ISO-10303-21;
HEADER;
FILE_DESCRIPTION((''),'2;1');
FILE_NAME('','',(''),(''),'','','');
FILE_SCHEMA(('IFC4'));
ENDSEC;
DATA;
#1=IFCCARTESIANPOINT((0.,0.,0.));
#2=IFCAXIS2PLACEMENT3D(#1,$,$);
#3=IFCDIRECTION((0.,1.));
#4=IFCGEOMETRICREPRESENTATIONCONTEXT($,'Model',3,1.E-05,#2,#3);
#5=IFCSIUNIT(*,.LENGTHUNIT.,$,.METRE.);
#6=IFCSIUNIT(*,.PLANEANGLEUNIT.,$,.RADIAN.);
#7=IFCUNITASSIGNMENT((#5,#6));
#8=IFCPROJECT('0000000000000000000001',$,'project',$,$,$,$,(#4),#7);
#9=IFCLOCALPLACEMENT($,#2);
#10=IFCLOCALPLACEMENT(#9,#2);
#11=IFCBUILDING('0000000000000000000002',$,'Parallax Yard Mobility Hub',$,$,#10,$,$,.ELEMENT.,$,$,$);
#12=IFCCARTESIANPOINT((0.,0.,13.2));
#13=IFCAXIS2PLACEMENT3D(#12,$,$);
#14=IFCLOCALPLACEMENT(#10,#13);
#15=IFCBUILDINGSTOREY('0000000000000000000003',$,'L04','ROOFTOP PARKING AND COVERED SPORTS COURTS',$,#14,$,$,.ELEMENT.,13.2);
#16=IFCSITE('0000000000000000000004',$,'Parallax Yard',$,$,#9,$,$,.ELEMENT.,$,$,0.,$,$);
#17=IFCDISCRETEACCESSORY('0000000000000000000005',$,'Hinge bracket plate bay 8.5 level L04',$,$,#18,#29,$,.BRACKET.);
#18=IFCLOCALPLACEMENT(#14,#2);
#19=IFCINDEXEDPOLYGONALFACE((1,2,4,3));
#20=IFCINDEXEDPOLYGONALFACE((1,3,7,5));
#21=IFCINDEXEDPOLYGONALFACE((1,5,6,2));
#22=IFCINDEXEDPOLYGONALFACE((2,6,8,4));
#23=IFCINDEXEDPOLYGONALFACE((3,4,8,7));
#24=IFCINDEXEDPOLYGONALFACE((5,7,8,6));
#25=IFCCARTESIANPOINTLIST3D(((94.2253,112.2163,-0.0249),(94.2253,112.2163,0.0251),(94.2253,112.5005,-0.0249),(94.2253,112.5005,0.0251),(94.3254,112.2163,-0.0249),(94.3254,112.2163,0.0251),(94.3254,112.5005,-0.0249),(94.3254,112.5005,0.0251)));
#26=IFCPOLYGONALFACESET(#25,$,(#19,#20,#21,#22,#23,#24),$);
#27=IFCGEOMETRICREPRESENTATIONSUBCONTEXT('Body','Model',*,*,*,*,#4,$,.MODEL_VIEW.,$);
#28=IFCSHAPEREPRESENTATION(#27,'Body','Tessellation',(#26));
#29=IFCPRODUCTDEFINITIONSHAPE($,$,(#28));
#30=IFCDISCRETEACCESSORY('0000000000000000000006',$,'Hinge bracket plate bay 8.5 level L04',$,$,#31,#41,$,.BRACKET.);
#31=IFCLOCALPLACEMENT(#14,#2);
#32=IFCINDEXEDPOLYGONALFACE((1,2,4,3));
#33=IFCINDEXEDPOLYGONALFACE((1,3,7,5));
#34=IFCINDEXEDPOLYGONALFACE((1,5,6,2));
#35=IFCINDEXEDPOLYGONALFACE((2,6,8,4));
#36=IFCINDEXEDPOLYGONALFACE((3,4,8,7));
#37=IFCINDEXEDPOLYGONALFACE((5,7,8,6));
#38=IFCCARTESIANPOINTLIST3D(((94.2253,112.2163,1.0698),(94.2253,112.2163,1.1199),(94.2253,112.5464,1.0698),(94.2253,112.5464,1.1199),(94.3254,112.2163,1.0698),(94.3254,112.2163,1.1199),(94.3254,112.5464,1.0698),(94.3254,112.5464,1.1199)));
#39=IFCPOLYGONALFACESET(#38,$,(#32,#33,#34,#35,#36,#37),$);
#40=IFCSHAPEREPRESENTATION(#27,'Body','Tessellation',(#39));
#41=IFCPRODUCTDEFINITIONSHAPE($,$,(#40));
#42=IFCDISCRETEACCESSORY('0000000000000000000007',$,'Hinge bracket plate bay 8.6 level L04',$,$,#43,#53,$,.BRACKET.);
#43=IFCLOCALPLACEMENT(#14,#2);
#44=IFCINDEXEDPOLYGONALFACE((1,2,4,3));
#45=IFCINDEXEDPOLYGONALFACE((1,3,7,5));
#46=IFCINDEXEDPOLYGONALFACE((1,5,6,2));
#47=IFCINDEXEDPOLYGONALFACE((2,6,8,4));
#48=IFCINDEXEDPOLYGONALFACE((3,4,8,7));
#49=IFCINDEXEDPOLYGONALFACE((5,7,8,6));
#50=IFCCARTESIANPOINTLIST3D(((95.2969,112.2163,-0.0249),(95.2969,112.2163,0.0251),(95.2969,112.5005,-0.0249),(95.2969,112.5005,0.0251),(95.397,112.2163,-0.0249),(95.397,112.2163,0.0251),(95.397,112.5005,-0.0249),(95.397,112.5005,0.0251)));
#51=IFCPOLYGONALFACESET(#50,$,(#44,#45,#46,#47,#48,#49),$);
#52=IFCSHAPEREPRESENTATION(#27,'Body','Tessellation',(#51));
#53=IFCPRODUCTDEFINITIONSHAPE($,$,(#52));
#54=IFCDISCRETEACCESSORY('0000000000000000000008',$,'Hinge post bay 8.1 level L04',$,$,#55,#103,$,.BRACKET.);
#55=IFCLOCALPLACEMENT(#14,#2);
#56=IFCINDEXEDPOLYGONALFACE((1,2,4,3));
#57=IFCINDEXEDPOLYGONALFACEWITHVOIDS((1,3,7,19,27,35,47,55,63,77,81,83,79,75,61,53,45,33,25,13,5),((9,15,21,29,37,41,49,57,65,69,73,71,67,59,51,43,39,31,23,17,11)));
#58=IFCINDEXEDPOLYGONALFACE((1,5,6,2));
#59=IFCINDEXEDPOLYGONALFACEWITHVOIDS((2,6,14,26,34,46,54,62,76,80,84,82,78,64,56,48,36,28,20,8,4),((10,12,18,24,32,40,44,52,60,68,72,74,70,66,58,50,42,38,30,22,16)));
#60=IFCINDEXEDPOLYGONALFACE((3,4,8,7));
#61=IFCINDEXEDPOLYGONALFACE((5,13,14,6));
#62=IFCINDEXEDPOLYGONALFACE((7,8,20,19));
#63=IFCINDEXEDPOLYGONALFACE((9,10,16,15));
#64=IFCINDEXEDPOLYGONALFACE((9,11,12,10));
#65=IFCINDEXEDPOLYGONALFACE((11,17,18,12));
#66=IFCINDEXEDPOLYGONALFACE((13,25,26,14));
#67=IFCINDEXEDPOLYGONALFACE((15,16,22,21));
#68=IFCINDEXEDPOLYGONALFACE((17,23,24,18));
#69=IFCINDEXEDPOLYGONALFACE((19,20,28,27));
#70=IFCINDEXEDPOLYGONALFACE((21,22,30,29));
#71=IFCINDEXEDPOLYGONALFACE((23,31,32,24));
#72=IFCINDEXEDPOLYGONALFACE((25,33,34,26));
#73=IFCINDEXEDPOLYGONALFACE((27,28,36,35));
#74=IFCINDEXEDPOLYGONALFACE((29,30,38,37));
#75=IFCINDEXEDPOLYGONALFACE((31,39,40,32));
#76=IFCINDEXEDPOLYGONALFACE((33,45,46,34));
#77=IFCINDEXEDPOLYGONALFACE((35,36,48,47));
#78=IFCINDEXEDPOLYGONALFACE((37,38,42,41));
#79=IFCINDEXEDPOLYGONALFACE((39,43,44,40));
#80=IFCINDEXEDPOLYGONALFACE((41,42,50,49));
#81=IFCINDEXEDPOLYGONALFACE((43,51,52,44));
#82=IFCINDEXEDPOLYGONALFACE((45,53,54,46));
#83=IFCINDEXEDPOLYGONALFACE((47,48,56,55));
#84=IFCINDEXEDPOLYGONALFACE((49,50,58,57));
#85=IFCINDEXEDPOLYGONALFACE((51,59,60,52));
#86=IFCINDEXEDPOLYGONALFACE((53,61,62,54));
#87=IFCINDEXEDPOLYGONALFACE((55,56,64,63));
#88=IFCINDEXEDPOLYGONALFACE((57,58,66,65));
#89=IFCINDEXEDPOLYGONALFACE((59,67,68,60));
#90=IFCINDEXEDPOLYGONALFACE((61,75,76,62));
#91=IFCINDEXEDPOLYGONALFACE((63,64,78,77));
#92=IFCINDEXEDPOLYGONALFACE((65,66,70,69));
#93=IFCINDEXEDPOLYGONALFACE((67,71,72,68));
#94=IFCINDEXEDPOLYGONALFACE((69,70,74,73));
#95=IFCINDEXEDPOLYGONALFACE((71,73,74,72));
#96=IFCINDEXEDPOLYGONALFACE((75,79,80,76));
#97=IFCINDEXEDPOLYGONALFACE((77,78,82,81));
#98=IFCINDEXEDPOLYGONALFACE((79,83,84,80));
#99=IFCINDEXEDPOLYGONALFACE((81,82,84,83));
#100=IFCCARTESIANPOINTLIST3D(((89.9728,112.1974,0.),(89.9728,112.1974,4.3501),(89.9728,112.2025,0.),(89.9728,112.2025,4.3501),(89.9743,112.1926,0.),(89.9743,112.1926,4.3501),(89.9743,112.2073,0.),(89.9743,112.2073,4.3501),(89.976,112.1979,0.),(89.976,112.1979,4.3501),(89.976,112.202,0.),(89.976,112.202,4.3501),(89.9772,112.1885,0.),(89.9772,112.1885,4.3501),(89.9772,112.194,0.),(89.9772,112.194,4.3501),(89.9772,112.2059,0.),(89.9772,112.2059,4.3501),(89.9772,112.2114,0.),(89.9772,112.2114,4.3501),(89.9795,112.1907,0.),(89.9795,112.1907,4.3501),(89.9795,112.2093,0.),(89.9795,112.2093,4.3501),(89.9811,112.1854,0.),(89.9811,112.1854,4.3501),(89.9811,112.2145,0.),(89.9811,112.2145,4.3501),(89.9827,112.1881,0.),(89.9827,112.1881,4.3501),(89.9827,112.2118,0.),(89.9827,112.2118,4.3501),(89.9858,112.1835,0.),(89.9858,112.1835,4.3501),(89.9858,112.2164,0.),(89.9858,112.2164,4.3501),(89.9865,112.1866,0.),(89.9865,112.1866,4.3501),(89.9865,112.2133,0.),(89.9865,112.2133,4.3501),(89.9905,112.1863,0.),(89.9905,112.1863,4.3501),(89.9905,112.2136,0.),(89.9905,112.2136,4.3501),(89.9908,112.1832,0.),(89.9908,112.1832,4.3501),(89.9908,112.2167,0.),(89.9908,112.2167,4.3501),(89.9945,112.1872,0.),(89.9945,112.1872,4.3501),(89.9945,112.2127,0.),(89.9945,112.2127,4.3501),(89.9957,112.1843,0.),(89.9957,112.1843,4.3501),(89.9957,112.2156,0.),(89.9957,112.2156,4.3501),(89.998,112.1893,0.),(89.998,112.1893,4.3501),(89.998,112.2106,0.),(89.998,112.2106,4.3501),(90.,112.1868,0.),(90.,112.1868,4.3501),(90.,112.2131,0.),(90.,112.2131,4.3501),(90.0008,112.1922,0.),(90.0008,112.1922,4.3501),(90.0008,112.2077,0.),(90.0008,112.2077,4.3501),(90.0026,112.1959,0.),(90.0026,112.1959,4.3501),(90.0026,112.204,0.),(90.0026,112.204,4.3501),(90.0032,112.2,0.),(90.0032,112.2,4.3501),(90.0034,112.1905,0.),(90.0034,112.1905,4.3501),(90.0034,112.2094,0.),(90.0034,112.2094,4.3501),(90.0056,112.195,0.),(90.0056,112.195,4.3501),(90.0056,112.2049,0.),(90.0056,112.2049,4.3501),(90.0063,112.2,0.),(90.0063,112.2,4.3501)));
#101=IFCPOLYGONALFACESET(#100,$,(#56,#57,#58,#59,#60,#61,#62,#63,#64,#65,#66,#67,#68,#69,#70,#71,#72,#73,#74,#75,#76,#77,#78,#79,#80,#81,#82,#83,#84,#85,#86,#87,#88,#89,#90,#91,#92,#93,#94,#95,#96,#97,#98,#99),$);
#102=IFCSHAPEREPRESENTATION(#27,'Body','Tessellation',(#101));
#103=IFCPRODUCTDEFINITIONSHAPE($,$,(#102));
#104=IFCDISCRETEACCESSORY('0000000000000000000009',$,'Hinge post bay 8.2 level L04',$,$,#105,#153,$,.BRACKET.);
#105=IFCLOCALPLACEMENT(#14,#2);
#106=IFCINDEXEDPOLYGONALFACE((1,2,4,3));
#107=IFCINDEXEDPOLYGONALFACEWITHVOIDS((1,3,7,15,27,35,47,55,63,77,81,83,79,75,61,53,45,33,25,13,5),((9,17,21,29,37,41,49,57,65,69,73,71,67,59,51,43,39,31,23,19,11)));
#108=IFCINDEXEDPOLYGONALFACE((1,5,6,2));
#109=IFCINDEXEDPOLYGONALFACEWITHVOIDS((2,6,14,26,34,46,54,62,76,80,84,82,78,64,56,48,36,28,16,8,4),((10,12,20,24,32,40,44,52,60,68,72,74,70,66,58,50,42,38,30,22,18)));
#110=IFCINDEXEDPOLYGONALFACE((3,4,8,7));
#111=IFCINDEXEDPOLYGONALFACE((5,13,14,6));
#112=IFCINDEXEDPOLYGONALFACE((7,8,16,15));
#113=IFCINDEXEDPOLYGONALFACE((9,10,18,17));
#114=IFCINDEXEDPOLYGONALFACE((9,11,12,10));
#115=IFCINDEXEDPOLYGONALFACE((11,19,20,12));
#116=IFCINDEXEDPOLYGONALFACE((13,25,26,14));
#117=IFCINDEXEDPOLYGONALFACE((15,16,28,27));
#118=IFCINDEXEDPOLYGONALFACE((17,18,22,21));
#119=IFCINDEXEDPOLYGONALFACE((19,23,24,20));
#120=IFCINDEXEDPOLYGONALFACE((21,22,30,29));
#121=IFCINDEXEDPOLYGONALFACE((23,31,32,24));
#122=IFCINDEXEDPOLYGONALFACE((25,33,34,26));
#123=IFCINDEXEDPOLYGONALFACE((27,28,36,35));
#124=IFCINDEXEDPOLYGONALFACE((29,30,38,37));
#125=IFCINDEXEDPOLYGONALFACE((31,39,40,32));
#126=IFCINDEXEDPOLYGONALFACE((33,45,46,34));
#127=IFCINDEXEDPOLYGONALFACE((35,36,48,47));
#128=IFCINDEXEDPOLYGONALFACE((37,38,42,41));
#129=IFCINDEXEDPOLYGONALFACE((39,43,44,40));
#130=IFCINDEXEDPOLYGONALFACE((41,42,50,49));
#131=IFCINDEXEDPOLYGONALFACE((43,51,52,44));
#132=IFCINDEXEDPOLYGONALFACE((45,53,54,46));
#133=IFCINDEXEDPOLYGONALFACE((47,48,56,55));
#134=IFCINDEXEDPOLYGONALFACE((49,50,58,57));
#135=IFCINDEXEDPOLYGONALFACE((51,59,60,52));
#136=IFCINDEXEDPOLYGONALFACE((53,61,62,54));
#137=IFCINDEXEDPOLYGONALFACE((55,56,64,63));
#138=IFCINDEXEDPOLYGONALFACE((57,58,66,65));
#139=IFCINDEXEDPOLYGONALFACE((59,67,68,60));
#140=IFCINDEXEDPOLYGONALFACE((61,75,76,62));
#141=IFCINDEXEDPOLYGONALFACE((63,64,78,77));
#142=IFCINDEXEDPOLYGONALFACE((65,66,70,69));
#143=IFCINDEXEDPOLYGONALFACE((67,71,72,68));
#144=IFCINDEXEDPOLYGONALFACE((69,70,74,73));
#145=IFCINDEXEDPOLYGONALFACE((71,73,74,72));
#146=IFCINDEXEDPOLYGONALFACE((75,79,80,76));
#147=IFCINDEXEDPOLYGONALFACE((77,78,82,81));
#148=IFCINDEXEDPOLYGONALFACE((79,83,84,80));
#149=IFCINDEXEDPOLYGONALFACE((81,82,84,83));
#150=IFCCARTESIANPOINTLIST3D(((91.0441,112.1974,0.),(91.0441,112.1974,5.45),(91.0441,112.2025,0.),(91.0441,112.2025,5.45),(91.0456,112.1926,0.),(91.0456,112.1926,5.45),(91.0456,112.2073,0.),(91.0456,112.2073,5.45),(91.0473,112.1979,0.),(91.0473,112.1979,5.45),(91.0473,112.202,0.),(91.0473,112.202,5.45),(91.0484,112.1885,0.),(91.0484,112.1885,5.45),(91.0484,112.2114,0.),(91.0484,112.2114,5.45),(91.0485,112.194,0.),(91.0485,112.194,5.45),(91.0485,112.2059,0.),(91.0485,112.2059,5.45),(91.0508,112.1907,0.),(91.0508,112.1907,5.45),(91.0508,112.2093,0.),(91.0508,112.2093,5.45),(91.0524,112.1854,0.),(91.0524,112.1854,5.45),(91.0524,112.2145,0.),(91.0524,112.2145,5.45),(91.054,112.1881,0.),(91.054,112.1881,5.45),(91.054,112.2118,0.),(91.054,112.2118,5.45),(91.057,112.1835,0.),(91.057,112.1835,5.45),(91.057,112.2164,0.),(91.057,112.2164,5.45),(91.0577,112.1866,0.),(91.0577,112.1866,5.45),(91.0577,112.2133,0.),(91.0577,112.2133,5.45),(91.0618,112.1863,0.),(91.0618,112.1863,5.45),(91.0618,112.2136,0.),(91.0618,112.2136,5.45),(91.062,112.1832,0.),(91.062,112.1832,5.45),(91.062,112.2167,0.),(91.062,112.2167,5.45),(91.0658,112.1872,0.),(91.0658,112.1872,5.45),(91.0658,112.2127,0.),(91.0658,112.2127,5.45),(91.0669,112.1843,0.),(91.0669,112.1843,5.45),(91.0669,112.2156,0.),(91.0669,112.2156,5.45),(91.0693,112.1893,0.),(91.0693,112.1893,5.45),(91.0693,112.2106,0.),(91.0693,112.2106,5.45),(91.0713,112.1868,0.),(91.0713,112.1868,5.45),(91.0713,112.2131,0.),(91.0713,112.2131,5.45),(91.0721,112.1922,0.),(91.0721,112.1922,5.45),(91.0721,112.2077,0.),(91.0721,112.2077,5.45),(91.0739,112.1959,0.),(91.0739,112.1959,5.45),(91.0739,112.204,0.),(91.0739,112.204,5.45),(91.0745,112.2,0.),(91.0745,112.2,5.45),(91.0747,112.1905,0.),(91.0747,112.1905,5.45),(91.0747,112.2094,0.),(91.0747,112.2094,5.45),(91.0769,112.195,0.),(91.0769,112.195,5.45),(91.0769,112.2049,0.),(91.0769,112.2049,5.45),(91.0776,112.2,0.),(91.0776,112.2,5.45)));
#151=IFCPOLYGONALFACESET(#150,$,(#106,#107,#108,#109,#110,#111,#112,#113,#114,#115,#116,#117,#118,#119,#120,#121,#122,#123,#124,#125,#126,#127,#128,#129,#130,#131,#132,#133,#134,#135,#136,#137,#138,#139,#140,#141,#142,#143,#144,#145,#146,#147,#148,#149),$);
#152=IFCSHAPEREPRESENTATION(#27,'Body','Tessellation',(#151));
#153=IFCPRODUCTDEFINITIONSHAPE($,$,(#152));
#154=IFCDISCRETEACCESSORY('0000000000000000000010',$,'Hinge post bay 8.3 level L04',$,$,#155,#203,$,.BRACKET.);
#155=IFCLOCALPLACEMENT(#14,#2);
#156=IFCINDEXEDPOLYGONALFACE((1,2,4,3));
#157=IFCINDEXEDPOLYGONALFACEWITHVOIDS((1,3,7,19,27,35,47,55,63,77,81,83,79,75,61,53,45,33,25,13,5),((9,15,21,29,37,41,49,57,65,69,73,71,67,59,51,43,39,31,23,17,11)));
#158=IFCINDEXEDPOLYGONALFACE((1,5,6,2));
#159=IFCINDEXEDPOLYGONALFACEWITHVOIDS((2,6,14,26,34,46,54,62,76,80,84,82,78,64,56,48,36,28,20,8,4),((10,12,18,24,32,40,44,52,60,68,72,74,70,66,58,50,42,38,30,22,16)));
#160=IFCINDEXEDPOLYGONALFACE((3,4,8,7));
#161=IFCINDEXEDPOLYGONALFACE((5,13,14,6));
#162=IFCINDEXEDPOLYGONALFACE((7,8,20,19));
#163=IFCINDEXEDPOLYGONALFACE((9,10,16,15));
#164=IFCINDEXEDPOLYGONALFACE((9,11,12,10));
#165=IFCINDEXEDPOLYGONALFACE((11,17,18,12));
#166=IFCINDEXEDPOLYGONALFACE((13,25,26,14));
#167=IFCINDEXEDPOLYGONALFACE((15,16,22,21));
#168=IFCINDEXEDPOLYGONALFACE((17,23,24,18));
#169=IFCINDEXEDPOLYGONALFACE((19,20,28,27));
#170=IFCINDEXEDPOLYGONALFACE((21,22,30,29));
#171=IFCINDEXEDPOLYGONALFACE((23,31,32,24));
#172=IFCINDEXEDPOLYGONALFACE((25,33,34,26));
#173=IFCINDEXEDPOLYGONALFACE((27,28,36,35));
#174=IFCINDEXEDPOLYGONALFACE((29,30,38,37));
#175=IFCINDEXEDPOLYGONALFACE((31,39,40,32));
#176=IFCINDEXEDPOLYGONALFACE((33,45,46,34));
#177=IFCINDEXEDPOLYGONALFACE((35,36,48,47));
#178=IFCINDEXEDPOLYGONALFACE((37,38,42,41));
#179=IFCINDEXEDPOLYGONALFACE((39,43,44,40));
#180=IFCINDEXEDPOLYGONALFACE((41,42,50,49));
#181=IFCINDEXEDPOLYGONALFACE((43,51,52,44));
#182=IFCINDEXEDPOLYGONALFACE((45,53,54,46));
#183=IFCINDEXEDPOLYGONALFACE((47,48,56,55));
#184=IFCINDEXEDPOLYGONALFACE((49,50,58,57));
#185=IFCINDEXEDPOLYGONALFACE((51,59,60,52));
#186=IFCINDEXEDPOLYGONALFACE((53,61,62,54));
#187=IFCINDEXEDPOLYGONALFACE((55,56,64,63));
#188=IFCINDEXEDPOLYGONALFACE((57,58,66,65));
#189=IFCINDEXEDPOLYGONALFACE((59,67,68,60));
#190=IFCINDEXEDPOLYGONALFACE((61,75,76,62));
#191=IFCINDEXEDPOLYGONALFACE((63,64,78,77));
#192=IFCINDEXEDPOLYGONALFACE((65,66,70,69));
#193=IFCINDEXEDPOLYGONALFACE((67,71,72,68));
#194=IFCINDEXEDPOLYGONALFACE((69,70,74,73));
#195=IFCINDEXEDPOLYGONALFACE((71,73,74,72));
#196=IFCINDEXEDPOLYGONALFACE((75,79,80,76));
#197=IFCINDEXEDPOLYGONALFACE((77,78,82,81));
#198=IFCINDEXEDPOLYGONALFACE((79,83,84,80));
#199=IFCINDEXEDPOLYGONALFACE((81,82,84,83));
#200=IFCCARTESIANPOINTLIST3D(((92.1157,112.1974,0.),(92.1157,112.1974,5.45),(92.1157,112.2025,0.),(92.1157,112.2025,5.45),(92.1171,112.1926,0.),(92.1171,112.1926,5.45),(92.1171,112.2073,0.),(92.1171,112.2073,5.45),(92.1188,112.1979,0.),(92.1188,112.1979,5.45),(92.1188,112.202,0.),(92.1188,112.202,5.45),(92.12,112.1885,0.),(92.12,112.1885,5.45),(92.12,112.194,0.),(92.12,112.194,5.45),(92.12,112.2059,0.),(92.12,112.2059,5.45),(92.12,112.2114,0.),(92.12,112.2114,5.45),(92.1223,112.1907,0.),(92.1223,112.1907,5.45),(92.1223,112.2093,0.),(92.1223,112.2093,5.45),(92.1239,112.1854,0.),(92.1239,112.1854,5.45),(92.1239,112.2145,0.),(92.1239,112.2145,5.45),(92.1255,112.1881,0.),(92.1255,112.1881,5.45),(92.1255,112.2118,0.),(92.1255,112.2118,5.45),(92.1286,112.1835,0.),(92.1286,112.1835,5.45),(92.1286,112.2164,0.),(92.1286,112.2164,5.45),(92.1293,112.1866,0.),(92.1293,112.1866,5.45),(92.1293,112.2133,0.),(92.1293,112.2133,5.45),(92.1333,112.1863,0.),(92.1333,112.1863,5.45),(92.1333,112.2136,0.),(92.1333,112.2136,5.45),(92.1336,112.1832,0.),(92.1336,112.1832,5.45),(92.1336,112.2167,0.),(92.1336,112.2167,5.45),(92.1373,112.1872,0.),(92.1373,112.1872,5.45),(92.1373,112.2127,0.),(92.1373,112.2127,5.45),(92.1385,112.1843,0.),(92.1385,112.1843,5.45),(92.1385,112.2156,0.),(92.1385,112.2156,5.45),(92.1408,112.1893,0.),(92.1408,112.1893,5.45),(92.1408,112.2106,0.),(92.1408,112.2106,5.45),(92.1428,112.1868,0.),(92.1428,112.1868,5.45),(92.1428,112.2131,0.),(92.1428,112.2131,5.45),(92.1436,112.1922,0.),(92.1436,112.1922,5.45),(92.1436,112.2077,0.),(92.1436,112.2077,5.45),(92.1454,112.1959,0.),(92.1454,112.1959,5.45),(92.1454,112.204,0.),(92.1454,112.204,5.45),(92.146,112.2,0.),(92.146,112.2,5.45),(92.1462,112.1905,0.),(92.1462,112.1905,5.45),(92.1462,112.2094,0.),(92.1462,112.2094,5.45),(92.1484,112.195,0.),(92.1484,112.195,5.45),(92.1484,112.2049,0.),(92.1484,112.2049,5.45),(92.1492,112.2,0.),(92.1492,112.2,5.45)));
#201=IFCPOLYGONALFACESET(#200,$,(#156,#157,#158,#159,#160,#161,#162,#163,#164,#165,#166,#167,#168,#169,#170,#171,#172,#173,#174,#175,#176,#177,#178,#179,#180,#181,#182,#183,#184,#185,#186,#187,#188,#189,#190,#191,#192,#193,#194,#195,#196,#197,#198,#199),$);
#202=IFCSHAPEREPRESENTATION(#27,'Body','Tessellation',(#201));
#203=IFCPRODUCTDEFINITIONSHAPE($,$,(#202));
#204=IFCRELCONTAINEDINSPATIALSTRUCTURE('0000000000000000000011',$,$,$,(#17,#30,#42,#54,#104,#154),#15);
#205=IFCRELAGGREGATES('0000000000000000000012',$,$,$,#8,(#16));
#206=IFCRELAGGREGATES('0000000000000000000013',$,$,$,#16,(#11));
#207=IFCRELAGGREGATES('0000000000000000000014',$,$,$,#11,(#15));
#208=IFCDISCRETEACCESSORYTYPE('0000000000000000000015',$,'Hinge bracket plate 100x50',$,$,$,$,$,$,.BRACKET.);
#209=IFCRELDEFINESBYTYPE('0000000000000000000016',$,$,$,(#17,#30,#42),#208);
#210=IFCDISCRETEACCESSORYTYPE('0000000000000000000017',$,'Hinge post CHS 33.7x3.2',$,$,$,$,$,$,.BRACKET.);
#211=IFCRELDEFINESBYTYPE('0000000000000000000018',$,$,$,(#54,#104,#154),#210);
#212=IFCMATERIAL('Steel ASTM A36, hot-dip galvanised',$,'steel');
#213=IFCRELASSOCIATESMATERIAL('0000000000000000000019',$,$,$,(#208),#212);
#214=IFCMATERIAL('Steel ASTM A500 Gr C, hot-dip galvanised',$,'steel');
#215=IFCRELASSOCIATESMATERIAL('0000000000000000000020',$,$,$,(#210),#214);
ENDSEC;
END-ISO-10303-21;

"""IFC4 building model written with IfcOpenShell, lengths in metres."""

from ifc_helpers import new_model, si_unit, direction, frame, origin, origin_2d, place, context, subcontext, project, spatial, rectangle, hollow_circle, extrude, material, material_profile, profile_set, type_object, element, save


model = new_model("IFC4")

# Units and contexts
model_context = context("Model", 3, precision=1e-05, world=origin(), true_north=direction((0.0, 1.0)))
body_context = subcontext(model_context, "Body", "Model", "MODEL_VIEW")
ifc_project = project(units=[si_unit("LENGTHUNIT", "METRE"), si_unit("PLANEANGLEUNIT", "RADIAN")], contexts=[model_context])

# Site, building, storey
site_placement = place(None, origin())
site = spatial("IfcSite", under=ifc_project, at=site_placement, Name="Parallax Yard", CompositionType="ELEMENT", RefElevation=0.0)
building_placement = place(site_placement, origin())
building = spatial("IfcBuilding", under=site, at=building_placement, Name="Parallax Yard Mobility Hub", CompositionType="ELEMENT")
storey_placement = place(building_placement, frame((0.0, 0.0, 13.2)))
storey = spatial("IfcBuildingStorey", under=building, at=storey_placement, Name="L04", Description="ROOFTOP PARKING AND COVERED SPORTS COURTS", CompositionType="ELEMENT", Elevation=13.2)

# Discrete accessories
ifc_material_1 = material(Name="Steel ASTM A36, hot-dip galvanised", Category="steel")
discrete_accessory_type_1 = type_object("IfcDiscreteAccessoryType", Name="Hinge bracket plate 100x50", PredefinedType="BRACKET", material=ifc_material_1)
discrete_accessory_1_placement = place(storey_placement, frame((94.2754, 112.3584, -0.0249), z_axis=(0.0, 0.0, 1.0), x_axis=(0.0, -1.0, 0.0)))
element("IfcDiscreteAccessory", 1, at=discrete_accessory_1_placement, inside=storey, type_object=discrete_accessory_type_1, Name="Hinge bracket plate bay 8.5 level L04", PredefinedType="BRACKET", context=body_context, shape_type="SweptSolid", body=[
    extrude(rectangle(XDim=0.2842, YDim=0.1001, at=origin_2d()), origin(), (0.0, 0.0, 1.0), 0.05),
])
discrete_accessory_2_placement = place(storey_placement, frame((94.2754, 112.3813, 1.0698), z_axis=(0.0, 0.0, 1.0), x_axis=(0.0, -1.0, 0.0)))
element("IfcDiscreteAccessory", 2, at=discrete_accessory_2_placement, inside=storey, type_object=discrete_accessory_type_1, Name="Hinge bracket plate bay 8.5 level L04", PredefinedType="BRACKET", context=body_context, shape_type="SweptSolid", body=[
    extrude(rectangle(XDim=0.3301, YDim=0.1001, at=origin_2d()), origin(), (0.0, 0.0, 1.0), 0.05),
])
discrete_accessory_3_placement = place(storey_placement, frame((95.3469, 112.3584, -0.0249), z_axis=(0.0, 0.0, 1.0), x_axis=(0.0, -1.0, 0.0)))
element("IfcDiscreteAccessory", 3, at=discrete_accessory_3_placement, inside=storey, type_object=discrete_accessory_type_1, Name="Hinge bracket plate bay 8.6 level L04", PredefinedType="BRACKET", context=body_context, shape_type="SweptSolid", body=[
    extrude(rectangle(XDim=0.2842, YDim=0.1001, at=origin_2d()), origin(), (0.0, 0.0, 1.0), 0.05),
])
ifc_material_2 = material(Name="Steel ASTM A500 Gr C, hot-dip galvanised", Category="steel")
ifc_material_profile_1 = material_profile(ifc_material_2, hollow_circle(Radius=0.0168, WallThickness=0.0032, at=origin_2d()), Name="CHS 33.7x3.2")
ifc_profile_set_1 = profile_set([ifc_material_profile_1], Name="Steel ASTM A500 Gr C, hot-dip galvanised")
discrete_accessory_type_2 = type_object("IfcDiscreteAccessoryType", Name="Hinge post CHS 33.7x3.2", PredefinedType="BRACKET", material=ifc_profile_set_1)
discrete_accessory_4_placement = place(storey_placement, frame((89.9895, 112.2, 0.0), z_axis=(0.0, 0.0, 1.0), x_axis=(1.0, 0.0, 0.0)))
element("IfcDiscreteAccessory", 4, at=discrete_accessory_4_placement, inside=storey, type_object=discrete_accessory_type_2, Name="Hinge post bay 8.1 level L04", PredefinedType="BRACKET", context=body_context, shape_type="SweptSolid", body=[
    extrude(hollow_circle(Radius=0.0168, WallThickness=0.0032, at=origin_2d()), origin(), (0.0, 0.0, 1.0), 4.3501),
])
for number, where, z_axis, x_axis, name in (
    (5, (91.0608, 112.2, 0.0), (0.0, 0.0, 1.0), (1.0, 0.0, 0.0), "Hinge post bay 8.2 level L04"),
    (6, (92.1323, 112.2, 0.0), (0.0, 0.0, 1.0), (1.0, 0.0, 0.0), "Hinge post bay 8.3 level L04"),
):
    element("IfcDiscreteAccessory", number, at=place(storey_placement, frame(where, z_axis=z_axis, x_axis=x_axis)), inside=storey, type_object=discrete_accessory_type_2, Name=name, PredefinedType="BRACKET", context=body_context, shape_type="SweptSolid", body=[
        extrude(hollow_circle(Radius=0.0168, WallThickness=0.0032, at=origin_2d()), origin(), (0.0, 0.0, 1.0), 5.45),
    ])

save(model, "model.ifc")
